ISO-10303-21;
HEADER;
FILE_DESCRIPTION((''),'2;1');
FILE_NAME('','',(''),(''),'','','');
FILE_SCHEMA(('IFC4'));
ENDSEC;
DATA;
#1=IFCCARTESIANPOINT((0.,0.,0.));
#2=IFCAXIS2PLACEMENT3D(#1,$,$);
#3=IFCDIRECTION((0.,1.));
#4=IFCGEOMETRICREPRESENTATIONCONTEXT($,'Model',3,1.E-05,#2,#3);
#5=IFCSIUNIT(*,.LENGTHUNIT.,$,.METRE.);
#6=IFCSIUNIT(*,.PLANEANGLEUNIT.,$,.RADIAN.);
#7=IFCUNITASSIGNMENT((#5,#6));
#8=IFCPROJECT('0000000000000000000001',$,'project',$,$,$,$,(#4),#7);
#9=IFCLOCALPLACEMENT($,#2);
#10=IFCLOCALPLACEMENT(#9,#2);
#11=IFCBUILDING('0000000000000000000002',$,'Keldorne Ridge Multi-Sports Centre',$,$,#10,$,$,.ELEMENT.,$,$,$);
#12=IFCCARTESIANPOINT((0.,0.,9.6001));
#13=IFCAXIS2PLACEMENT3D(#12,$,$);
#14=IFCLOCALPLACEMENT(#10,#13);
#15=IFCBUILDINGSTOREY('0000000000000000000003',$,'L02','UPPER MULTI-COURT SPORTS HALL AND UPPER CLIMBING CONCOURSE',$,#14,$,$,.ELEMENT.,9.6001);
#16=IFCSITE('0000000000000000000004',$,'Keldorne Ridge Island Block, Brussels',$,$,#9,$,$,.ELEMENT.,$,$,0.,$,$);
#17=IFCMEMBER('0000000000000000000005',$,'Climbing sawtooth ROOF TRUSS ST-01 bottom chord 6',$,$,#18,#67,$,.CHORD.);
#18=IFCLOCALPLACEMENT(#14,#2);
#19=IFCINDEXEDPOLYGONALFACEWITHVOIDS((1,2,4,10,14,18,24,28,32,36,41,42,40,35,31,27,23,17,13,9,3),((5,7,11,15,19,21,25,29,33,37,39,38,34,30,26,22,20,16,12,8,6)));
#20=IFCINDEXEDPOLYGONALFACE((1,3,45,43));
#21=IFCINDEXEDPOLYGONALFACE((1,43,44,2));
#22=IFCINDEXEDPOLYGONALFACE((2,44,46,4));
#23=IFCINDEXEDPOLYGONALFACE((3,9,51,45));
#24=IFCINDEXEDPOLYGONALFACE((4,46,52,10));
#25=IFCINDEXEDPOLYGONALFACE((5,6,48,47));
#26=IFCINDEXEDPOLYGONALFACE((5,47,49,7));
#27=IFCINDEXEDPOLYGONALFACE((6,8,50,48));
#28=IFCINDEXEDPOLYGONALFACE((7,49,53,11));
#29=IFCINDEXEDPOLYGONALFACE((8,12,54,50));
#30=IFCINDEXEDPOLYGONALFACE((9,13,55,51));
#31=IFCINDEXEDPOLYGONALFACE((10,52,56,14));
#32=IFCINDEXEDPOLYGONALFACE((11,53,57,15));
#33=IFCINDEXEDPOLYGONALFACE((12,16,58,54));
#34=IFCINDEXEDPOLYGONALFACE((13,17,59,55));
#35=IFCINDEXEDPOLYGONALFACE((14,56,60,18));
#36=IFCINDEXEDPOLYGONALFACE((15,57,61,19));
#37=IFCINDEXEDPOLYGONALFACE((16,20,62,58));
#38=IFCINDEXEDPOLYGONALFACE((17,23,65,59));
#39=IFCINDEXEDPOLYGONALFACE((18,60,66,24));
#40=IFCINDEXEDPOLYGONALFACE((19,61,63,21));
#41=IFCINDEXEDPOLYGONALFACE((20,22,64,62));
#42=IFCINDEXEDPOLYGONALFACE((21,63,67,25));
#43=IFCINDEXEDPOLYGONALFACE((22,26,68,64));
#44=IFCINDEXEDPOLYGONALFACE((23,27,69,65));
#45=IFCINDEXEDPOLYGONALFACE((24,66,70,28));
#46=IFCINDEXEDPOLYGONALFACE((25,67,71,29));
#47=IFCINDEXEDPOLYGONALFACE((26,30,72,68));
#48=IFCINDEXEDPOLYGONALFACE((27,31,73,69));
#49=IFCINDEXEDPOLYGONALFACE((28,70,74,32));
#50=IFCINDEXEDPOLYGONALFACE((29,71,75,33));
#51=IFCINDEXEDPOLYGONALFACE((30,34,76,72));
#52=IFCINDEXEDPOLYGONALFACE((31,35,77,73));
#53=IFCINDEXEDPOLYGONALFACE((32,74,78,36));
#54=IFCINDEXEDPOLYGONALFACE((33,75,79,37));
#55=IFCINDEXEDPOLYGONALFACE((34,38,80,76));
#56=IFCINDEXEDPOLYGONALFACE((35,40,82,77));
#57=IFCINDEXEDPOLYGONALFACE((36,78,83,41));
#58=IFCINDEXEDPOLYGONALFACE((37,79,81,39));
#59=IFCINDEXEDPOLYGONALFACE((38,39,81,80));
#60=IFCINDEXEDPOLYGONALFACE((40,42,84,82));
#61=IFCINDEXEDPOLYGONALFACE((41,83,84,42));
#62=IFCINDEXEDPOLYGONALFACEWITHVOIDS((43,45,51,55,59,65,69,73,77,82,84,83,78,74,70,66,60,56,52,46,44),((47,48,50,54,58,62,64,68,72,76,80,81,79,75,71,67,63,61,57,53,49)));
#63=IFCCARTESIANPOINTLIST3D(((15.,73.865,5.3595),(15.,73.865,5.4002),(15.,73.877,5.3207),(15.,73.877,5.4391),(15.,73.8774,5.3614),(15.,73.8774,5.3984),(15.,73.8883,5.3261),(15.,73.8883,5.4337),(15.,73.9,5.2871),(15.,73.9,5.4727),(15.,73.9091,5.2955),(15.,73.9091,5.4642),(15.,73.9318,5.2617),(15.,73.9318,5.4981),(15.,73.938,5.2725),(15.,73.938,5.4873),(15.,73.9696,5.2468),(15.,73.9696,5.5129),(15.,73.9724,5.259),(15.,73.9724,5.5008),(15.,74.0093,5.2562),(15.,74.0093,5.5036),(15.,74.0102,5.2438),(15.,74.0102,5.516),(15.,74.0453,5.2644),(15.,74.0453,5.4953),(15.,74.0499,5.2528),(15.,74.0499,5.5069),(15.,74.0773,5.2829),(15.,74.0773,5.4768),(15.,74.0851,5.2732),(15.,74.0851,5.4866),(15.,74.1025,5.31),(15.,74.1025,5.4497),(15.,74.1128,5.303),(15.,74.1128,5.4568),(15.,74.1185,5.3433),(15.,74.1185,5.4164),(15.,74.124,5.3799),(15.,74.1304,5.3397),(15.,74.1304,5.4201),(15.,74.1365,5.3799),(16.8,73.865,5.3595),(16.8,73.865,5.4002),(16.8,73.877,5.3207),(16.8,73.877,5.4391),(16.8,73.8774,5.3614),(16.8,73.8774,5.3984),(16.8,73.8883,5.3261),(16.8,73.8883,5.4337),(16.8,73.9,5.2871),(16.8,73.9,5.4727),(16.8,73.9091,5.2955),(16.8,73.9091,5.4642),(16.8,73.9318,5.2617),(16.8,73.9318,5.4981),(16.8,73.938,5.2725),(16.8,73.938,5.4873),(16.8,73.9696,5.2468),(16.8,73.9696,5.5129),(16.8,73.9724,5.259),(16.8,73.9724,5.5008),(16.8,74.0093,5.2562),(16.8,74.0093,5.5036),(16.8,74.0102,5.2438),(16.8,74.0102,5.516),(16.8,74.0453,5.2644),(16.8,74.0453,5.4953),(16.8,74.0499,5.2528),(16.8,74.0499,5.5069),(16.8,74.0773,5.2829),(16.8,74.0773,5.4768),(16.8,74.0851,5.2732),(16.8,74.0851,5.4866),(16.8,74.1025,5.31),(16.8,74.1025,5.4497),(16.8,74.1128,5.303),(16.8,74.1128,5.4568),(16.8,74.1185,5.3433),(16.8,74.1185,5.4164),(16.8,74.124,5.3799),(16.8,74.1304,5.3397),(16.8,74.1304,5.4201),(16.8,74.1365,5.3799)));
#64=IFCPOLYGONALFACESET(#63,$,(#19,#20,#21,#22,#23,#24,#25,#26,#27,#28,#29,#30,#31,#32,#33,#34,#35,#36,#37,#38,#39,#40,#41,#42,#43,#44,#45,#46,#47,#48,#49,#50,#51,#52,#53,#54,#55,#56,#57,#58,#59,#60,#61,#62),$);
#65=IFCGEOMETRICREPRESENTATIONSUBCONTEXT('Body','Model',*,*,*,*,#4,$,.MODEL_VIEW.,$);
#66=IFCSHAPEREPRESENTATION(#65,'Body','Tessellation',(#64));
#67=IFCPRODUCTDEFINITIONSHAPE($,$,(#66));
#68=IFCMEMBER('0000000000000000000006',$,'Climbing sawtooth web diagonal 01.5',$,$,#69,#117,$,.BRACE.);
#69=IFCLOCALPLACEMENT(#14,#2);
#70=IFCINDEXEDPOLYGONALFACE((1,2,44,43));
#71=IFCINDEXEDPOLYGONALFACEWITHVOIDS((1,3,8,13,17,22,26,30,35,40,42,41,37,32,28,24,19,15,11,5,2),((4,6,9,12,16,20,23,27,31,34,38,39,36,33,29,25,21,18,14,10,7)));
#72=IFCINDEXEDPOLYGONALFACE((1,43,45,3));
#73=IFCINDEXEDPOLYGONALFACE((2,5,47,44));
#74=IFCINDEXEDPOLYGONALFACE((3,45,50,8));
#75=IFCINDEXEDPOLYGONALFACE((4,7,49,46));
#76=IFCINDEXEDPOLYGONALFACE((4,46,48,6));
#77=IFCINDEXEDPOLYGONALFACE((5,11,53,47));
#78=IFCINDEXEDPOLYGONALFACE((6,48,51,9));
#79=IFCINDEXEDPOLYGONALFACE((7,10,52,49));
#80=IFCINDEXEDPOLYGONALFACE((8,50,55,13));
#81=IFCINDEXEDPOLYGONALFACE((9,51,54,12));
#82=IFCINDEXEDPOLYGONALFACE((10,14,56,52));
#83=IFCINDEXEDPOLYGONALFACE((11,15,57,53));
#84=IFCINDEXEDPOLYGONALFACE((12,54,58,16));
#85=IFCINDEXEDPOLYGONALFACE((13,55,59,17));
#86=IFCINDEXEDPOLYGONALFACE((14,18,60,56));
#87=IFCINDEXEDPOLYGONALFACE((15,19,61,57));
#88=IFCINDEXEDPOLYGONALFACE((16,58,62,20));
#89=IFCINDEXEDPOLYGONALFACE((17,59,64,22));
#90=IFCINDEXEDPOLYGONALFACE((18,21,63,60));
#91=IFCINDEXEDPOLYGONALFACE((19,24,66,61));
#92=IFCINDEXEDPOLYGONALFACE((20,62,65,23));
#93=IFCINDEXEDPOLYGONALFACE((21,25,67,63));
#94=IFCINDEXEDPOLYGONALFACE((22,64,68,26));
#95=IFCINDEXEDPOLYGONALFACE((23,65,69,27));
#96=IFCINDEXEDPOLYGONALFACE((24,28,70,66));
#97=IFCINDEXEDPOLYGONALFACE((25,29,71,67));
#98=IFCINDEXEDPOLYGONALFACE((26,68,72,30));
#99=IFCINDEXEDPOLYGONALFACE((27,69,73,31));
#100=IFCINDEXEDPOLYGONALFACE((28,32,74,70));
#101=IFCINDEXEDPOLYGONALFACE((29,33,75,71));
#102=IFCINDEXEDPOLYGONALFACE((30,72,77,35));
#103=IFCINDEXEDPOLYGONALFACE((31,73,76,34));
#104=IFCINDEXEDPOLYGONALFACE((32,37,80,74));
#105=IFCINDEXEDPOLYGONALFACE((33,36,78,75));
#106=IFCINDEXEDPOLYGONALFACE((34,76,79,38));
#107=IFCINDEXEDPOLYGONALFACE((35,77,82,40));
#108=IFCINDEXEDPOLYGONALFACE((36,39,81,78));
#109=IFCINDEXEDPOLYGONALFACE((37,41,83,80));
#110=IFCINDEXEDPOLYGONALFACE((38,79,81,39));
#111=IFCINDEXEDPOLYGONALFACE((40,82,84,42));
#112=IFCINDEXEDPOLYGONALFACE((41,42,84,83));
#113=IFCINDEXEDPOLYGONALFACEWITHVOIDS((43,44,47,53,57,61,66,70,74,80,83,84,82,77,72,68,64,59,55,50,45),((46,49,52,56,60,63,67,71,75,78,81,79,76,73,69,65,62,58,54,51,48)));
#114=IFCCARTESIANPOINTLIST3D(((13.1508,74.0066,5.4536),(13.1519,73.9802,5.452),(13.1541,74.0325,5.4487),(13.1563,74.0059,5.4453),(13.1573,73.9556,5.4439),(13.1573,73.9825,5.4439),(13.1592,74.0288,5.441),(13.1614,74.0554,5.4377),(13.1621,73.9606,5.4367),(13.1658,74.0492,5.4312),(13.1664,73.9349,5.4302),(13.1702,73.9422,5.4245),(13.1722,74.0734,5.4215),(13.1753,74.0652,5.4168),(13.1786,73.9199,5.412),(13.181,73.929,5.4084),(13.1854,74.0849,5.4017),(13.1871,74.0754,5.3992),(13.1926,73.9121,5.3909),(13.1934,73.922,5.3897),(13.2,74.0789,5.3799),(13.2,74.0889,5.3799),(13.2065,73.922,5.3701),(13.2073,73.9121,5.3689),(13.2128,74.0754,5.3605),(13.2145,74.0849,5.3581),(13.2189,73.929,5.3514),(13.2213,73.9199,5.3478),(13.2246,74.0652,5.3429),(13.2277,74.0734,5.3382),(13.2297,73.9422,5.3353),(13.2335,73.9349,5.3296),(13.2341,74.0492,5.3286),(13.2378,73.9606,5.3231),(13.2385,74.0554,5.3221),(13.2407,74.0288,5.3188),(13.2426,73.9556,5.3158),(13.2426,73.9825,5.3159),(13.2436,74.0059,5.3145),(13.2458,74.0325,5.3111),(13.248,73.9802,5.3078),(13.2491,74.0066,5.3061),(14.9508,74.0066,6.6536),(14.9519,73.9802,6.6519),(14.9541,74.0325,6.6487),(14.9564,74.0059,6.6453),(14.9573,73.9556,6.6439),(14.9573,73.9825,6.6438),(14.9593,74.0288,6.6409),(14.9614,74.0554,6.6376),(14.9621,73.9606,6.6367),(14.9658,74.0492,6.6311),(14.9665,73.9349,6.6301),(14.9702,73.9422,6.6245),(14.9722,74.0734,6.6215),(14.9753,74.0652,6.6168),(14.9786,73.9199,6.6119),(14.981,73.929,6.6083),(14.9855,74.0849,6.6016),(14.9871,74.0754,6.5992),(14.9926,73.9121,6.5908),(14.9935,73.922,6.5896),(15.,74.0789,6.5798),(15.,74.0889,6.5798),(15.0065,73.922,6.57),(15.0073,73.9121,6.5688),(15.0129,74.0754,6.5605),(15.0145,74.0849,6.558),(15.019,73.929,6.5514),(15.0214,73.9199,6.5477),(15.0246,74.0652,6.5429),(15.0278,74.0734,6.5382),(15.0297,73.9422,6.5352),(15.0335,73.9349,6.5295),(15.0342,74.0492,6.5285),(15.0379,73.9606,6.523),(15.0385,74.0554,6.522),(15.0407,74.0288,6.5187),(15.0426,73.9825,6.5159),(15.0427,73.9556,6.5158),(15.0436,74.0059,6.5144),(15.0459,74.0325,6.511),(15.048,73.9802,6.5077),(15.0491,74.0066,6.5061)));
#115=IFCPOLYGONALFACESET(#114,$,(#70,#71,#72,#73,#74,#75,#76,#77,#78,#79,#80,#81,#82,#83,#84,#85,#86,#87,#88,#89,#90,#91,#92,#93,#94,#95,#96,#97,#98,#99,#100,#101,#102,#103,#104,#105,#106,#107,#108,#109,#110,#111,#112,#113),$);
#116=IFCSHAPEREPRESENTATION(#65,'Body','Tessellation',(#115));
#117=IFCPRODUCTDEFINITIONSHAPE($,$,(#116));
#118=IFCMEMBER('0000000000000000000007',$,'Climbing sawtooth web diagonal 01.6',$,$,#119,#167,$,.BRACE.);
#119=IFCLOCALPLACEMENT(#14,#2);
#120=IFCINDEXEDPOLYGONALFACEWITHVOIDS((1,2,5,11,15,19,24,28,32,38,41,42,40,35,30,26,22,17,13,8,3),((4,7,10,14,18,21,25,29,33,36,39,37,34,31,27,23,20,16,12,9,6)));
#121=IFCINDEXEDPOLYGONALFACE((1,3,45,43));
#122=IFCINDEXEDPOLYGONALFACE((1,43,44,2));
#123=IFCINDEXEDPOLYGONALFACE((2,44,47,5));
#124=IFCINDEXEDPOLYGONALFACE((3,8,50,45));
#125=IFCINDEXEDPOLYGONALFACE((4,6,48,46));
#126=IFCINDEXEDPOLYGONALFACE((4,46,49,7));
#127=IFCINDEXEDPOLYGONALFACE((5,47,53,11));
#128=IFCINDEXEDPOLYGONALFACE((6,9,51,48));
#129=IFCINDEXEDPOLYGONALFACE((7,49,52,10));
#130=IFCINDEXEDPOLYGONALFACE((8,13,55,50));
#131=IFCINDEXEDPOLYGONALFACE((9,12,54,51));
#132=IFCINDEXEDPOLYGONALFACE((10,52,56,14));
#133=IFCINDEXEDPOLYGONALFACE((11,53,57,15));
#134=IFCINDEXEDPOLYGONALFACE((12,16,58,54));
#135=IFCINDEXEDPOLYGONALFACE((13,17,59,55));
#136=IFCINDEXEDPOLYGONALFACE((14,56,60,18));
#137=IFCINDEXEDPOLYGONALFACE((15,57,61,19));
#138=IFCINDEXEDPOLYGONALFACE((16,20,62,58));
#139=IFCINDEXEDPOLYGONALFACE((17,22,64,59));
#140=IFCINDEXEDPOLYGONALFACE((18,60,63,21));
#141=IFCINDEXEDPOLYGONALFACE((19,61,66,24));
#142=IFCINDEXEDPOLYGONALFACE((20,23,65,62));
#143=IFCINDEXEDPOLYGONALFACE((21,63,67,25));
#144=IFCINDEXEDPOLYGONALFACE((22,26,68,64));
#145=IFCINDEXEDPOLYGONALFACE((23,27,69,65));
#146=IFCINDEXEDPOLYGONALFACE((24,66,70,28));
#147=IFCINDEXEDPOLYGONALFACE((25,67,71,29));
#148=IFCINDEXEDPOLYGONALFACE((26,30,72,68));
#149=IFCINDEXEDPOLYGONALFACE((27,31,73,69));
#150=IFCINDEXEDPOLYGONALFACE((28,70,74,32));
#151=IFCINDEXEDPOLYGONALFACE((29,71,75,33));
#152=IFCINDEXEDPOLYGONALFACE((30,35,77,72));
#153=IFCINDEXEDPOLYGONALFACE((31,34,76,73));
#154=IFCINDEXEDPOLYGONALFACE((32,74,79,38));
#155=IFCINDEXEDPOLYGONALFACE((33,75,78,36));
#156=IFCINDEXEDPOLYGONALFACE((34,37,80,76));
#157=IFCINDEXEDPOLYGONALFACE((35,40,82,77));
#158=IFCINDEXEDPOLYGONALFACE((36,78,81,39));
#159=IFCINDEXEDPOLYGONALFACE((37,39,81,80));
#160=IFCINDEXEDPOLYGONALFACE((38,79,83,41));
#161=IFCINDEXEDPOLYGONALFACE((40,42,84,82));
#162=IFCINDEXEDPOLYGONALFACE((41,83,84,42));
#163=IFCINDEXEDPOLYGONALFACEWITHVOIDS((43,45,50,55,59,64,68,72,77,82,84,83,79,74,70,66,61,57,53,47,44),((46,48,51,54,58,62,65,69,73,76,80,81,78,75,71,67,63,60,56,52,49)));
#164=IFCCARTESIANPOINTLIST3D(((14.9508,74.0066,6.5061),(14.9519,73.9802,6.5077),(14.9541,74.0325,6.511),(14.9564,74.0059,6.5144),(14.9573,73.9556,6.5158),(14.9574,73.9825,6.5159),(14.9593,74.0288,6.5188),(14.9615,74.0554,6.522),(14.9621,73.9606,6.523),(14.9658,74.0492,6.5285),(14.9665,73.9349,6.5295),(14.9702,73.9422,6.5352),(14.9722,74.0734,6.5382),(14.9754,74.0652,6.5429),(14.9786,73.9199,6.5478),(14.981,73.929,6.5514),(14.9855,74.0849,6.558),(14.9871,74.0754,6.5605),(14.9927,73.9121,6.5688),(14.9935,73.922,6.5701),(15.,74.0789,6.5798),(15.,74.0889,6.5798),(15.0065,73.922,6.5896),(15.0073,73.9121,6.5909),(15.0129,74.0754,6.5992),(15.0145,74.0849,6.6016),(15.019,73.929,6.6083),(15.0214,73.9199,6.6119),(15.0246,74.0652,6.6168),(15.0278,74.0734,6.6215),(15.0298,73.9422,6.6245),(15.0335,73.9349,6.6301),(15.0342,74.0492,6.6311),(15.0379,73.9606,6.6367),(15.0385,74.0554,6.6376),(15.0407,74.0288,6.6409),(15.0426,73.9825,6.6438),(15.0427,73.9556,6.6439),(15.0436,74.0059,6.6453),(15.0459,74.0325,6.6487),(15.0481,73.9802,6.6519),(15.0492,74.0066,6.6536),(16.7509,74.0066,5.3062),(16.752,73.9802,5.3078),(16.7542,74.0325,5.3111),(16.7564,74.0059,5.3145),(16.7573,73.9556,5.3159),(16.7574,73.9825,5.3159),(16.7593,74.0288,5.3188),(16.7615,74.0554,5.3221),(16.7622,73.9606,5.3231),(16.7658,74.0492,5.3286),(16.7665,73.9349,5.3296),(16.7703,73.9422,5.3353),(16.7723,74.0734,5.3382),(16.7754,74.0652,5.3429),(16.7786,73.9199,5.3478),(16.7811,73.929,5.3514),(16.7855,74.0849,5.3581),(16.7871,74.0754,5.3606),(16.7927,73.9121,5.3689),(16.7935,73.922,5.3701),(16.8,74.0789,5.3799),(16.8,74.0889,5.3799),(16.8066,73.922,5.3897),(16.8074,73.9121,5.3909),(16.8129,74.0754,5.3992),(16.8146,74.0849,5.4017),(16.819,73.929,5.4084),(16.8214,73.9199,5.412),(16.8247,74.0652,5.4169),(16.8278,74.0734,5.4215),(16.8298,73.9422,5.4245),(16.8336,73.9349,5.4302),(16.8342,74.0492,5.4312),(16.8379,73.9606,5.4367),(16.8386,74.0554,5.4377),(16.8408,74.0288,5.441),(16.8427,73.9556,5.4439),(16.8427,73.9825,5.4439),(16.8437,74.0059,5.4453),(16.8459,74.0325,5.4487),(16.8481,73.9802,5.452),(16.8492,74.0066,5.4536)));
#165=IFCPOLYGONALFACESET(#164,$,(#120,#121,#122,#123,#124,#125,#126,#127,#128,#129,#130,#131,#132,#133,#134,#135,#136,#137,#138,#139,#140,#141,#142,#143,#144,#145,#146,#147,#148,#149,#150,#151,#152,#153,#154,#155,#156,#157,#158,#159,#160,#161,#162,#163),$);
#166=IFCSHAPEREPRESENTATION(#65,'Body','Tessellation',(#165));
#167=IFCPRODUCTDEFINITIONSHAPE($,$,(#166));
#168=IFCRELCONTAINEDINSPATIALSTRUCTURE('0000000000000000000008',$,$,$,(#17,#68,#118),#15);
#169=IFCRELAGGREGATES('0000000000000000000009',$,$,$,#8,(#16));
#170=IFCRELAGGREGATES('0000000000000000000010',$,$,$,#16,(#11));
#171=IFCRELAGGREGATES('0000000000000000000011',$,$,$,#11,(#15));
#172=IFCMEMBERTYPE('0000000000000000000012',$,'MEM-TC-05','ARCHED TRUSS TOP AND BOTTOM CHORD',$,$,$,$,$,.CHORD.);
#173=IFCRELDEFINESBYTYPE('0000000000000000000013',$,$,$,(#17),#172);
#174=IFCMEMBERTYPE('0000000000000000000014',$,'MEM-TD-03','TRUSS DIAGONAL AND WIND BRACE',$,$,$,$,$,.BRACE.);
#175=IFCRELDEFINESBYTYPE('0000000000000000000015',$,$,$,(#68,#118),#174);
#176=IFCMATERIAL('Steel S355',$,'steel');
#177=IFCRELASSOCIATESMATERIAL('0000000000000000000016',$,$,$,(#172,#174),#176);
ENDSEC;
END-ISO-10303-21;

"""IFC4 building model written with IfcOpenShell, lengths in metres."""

from ifc_helpers import new_model, si_unit, direction, frame, origin, origin_2d, place, context, subcontext, project, spatial, hollow_circle, extrude, material, material_profile, profile_set, type_object, element, save


model = new_model("IFC4")

# Units and contexts
model_context = context("Model", 3, precision=1e-05, world=origin(), true_north=direction((0.0, 1.0)))
body_context = subcontext(model_context, "Body", "Model", "MODEL_VIEW")
ifc_project = project(units=[si_unit("LENGTHUNIT", "METRE"), si_unit("PLANEANGLEUNIT", "RADIAN")], contexts=[model_context])

# Site, building, storey
site_placement = place(None, origin())
site = spatial("IfcSite", under=ifc_project, at=site_placement, Name="Keldorne Ridge Island Block, Brussels", CompositionType="ELEMENT", RefElevation=0.0)
building_placement = place(site_placement, origin())
building = spatial("IfcBuilding", under=site, at=building_placement, Name="Keldorne Ridge Multi-Sports Centre", CompositionType="ELEMENT")
storey_placement = place(building_placement, frame((0.0, 0.0, 9.6001)))
storey = spatial("IfcBuildingStorey", under=building, at=storey_placement, Name="L02", Description="UPPER MULTI-COURT SPORTS HALL AND UPPER CLIMBING CONCOURSE", CompositionType="ELEMENT", Elevation=9.6001)

# Shared definitions
ifc_material_1 = material(Name="Steel S355", Category="steel")

# Members
ifc_material_profile_1 = material_profile(ifc_material_1, hollow_circle(Radius=0.1365, WallThickness=0.0125, at=origin_2d()), Name="CHS 273x12.5")
ifc_profile_set_1 = profile_set([ifc_material_profile_1], Name="Steel S355")
member_type_1 = type_object("IfcMemberType", Name="MEM-TC-05", Description="ARCHED TRUSS TOP AND BOTTOM CHORD", PredefinedType="CHORD", material=ifc_profile_set_1)
for number, where, z_axis, x_axis, name in (
    (1, (15.0, 74.0, 5.3799), (1.0, 0.0, 0.0), (0.0, 1.0, 0.0), "Climbing sawtooth ROOF TRUSS ST-01 bottom chord 6"),
):
    element("IfcMember", number, at=place(storey_placement, frame(where, z_axis=z_axis, x_axis=x_axis)), inside=storey, type_object=member_type_1, Name=name, PredefinedType="CHORD", context=body_context, shape_type="SweptSolid", body=[
        extrude(hollow_circle(Radius=0.1365, WallThickness=0.0125, at=origin_2d()), origin(), (0.0, 0.0, 1.0), 1.8),
    ])
ifc_material_profile_2 = material_profile(ifc_material_1, hollow_circle(Radius=0.0889, WallThickness=0.01, at=origin_2d()), Name="CHS 177.8x10")
ifc_profile_set_2 = profile_set([ifc_material_profile_2], Name="Steel S355")
member_type_2 = type_object("IfcMemberType", Name="MEM-TD-03", Description="TRUSS DIAGONAL AND WIND BRACE", PredefinedType="BRACE", material=ifc_profile_set_2)
for number, where, z_axis, x_axis, name in (
    (2, (13.2, 74.0, 5.3799), (0.832068, 0.0, 0.554674), (0.0, 1.0, 0.0), "Climbing sawtooth web diagonal 01.5"),
    (3, (15.0, 74.0, 6.5798), (0.832068, 0.0, -0.554674), (0.0, 1.0, 0.0), "Climbing sawtooth web diagonal 01.6"),
):
    element("IfcMember", number, at=place(storey_placement, frame(where, z_axis=z_axis, x_axis=x_axis)), inside=storey, type_object=member_type_2, Name=name, PredefinedType="BRACE", context=body_context, shape_type="SweptSolid", body=[
        extrude(hollow_circle(Radius=0.0889, WallThickness=0.01, at=origin_2d()), origin(), (0.0, 0.0, 1.0), 2.1633),
    ])

save(model, "model.ifc")
